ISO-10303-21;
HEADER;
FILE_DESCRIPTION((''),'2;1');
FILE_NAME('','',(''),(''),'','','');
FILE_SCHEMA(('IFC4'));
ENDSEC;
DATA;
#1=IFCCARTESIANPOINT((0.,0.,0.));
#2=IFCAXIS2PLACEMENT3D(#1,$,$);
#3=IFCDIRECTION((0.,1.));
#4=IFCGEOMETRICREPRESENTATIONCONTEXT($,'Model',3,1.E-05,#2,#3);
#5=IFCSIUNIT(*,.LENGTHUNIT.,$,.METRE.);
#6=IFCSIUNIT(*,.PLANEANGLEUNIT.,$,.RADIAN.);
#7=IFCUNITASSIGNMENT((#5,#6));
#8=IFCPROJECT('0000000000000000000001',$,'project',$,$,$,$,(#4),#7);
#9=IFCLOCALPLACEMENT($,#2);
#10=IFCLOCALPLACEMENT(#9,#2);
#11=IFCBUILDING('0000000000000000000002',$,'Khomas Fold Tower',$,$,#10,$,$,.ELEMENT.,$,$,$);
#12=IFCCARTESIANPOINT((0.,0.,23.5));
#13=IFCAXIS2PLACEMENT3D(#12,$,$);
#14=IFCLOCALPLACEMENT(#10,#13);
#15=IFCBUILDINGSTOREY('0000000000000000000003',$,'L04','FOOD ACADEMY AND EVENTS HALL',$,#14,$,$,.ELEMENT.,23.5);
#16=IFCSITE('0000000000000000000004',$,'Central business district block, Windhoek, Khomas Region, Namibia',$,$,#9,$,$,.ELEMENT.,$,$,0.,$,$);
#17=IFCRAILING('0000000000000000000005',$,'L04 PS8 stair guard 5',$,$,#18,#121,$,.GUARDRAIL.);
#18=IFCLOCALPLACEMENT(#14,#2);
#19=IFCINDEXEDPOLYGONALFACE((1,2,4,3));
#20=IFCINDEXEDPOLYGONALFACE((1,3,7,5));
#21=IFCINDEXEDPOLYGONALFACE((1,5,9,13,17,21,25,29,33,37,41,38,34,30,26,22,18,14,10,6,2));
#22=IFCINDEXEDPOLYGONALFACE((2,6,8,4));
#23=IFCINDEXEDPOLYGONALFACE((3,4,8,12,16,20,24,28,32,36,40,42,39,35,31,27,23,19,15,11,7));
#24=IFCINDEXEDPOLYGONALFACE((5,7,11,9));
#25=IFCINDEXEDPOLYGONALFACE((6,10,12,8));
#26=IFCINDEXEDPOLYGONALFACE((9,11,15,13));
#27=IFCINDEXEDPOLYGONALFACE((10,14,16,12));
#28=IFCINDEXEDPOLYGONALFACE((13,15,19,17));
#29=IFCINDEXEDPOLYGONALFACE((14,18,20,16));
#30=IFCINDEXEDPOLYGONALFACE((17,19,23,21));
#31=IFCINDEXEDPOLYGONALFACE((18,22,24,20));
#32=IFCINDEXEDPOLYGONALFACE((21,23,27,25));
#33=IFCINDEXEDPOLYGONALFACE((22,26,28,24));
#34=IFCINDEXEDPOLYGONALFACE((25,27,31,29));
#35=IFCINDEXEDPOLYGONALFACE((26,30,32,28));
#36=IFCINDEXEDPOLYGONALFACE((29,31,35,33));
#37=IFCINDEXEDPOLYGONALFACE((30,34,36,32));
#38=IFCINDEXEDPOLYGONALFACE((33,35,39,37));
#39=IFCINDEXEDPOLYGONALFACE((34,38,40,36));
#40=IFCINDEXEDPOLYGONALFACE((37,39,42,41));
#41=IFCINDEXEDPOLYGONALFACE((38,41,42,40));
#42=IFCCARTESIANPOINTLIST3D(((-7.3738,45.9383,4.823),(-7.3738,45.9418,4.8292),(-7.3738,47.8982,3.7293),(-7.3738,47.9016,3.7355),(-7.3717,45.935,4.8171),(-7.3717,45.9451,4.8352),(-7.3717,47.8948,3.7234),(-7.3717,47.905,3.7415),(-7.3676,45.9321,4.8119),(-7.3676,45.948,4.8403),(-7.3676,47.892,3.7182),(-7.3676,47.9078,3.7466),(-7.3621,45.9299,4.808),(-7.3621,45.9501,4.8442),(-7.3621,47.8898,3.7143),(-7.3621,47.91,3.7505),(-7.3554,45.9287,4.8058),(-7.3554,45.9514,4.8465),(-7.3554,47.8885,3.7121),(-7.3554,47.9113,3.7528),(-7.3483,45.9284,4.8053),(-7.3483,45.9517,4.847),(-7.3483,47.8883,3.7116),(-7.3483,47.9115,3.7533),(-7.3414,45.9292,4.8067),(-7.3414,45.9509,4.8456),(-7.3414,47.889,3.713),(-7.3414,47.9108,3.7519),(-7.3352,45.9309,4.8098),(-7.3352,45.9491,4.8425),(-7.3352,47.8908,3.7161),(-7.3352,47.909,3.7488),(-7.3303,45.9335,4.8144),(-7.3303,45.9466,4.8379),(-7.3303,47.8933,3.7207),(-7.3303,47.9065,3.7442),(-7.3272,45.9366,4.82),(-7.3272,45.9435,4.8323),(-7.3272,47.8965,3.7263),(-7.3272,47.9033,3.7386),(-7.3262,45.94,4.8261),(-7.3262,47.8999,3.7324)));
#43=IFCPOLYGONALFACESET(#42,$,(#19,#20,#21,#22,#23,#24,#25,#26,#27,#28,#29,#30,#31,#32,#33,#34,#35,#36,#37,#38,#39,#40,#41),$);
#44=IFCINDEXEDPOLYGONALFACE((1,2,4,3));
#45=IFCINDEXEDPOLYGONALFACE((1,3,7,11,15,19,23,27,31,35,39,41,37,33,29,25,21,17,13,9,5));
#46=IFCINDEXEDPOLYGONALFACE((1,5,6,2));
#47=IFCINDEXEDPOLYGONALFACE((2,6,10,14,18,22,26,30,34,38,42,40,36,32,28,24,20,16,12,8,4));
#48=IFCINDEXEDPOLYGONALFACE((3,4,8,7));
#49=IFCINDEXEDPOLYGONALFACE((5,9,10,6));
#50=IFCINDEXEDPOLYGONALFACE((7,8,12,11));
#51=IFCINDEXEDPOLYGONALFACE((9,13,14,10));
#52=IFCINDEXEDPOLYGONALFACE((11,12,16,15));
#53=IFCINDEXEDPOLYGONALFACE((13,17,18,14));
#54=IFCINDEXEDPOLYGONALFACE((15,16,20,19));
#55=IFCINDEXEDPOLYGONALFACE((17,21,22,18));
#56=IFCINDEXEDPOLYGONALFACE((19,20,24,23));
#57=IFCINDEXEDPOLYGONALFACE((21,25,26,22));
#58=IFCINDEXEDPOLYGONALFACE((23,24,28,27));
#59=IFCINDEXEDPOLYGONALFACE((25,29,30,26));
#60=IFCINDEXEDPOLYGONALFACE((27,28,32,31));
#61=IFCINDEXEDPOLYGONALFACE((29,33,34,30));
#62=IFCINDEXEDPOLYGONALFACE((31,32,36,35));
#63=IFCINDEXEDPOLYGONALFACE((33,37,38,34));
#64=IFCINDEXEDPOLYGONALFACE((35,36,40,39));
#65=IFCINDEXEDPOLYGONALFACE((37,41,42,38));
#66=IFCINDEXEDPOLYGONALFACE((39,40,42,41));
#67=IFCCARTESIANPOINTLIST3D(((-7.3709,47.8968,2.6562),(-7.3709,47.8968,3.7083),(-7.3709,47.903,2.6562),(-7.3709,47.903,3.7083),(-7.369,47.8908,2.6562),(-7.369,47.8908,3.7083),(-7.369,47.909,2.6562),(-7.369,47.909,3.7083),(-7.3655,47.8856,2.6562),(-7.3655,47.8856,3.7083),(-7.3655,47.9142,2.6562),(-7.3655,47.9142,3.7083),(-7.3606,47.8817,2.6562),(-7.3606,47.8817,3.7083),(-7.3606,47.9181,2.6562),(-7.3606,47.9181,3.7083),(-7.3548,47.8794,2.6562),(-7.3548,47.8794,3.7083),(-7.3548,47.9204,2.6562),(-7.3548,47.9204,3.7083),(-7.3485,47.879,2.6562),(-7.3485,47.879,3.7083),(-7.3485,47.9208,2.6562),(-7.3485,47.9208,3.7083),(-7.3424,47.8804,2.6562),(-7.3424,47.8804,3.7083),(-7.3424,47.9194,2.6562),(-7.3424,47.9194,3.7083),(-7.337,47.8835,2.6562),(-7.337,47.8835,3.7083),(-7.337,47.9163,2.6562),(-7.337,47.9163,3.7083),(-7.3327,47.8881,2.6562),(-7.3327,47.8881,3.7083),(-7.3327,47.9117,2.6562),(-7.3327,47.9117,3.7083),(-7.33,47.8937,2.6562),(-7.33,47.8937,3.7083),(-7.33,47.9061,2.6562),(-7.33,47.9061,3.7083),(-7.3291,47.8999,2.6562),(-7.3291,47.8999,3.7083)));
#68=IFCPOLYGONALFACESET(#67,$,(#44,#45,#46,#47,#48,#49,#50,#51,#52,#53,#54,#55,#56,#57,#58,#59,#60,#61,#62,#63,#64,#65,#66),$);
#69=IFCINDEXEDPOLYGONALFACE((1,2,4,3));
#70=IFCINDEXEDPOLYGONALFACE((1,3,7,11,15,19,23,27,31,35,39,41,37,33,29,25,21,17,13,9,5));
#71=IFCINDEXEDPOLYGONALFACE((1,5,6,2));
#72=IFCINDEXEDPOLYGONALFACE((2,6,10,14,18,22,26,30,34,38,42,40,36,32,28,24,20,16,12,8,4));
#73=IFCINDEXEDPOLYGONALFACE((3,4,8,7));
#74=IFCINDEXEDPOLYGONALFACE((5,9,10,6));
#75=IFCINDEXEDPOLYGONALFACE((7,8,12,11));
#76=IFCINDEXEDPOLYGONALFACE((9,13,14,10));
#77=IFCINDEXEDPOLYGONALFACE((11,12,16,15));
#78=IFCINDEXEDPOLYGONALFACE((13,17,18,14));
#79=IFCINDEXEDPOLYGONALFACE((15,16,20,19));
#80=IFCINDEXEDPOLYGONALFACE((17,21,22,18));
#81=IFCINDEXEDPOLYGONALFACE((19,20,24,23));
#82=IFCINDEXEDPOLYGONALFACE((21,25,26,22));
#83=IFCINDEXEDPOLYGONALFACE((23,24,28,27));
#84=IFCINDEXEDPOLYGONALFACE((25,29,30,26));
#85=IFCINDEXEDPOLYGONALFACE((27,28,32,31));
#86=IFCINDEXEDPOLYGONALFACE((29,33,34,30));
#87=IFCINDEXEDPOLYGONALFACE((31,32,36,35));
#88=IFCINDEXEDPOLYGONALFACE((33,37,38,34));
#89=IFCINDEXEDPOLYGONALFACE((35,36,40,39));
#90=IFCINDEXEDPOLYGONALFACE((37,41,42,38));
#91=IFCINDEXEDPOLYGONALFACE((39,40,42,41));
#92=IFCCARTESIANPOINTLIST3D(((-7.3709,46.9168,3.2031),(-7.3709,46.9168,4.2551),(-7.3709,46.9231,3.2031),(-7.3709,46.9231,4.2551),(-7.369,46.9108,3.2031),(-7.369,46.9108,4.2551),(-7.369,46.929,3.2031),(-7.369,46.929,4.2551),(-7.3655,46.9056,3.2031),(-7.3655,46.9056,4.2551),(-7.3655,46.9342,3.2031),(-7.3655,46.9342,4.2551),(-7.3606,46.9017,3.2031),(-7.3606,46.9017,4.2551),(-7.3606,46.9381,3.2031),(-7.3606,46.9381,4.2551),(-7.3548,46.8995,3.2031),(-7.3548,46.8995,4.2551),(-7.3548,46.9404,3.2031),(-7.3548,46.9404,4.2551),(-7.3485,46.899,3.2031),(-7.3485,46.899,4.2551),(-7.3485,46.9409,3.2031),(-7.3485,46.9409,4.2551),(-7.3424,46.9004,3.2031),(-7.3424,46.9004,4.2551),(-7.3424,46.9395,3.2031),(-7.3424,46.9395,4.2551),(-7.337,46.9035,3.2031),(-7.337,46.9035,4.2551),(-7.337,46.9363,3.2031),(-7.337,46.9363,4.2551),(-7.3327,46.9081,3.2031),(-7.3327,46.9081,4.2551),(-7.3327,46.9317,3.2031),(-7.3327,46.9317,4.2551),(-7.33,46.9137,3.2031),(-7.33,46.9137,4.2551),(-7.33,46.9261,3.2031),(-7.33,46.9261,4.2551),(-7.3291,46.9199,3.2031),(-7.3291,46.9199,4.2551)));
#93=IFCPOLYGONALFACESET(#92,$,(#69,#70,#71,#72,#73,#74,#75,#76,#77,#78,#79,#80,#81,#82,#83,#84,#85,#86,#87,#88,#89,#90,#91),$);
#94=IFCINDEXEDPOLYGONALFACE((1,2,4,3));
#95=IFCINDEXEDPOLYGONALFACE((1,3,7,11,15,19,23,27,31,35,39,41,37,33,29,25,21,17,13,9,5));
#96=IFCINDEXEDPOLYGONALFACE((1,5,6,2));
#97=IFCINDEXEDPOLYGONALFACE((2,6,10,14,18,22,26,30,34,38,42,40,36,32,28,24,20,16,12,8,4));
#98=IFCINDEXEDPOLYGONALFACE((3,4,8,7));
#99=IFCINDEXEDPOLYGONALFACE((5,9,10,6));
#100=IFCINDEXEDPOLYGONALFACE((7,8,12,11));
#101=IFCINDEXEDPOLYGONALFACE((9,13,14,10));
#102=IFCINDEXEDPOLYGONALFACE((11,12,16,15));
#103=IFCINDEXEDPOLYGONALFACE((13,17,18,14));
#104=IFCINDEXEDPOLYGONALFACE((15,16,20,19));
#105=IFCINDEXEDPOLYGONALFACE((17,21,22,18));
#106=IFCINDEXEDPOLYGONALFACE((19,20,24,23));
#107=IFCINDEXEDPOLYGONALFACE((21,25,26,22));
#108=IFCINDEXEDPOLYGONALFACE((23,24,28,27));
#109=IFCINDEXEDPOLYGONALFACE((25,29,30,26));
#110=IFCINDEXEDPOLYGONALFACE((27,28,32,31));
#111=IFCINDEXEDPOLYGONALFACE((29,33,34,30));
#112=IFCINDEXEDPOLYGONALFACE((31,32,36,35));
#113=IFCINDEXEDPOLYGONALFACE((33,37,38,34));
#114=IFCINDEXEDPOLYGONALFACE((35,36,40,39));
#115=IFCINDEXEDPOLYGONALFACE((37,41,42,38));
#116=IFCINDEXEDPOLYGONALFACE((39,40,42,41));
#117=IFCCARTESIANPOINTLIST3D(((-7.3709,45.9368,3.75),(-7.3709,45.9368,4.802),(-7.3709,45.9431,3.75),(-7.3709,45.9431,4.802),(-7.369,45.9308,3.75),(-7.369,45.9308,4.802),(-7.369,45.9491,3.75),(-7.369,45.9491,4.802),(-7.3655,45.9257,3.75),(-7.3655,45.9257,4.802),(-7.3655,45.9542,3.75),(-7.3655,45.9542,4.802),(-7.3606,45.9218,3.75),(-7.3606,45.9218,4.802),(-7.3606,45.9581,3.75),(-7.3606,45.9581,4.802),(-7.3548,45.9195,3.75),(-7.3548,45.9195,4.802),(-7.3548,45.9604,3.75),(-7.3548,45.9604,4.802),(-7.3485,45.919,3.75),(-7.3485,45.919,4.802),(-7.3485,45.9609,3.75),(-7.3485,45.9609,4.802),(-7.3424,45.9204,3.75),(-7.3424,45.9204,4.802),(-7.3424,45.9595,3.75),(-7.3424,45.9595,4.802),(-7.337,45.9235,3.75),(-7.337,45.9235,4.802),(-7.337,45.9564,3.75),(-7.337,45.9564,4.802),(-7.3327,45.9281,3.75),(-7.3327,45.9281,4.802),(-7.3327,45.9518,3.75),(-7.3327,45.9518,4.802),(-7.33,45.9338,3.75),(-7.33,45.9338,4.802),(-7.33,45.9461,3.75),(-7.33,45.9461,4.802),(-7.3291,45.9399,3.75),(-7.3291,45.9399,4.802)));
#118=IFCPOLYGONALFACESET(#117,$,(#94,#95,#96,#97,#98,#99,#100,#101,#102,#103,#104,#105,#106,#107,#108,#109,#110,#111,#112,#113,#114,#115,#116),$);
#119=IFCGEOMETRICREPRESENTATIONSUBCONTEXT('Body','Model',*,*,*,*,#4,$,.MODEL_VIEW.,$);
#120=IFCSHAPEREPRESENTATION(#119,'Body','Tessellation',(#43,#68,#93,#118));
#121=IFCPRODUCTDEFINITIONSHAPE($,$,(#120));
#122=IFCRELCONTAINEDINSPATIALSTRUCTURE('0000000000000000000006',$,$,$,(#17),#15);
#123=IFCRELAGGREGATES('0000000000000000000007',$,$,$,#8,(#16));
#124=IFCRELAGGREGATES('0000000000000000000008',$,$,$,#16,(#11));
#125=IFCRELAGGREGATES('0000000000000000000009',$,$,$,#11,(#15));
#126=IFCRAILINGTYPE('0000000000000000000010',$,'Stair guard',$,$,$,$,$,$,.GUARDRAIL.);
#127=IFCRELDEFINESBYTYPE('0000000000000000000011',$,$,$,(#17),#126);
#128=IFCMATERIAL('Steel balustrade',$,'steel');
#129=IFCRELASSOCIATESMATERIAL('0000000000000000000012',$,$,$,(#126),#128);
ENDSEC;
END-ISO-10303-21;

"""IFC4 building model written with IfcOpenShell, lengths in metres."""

from ifc_helpers import new_model, si_unit, direction, frame, origin, origin_2d, place, context, subcontext, project, spatial, circle, extrude, source, transform, mapped, material, type_object, element, save


model = new_model("IFC4")

# Units and contexts
model_context = context("Model", 3, precision=1e-05, world=origin(), true_north=direction((0.0, 1.0)))
body_context = subcontext(model_context, "Body", "Model", "MODEL_VIEW")
ifc_project = project(units=[si_unit("LENGTHUNIT", "METRE"), si_unit("PLANEANGLEUNIT", "RADIAN")], contexts=[model_context])

# Site, building, storey
site_placement = place(None, origin())
site = spatial("IfcSite", under=ifc_project, at=site_placement, Name="Central business district block, Windhoek, Khomas Region, Namibia", CompositionType="ELEMENT", RefElevation=0.0)
building_placement = place(site_placement, origin())
building = spatial("IfcBuilding", under=site, at=building_placement, Name="Khomas Fold Tower", CompositionType="ELEMENT")
storey_placement = place(building_placement, frame((0.0, 0.0, 23.5)))
storey = spatial("IfcBuildingStorey", under=building, at=storey_placement, Name="L04", Description="FOOD ACADEMY AND EVENTS HALL", CompositionType="ELEMENT", Elevation=23.5)

# Railing
ifc_material_1 = material(Name="Steel balustrade", Category="steel")
railing_type_1 = type_object("IfcRailingType", Name="Stair guard", PredefinedType="GUARDRAIL", material=ifc_material_1)
shared_shape_1 = source(origin(), body_context, "Body", "SweptSolid", [
    extrude(circle(Radius=0.0239, at=origin_2d()), frame((0.0, 0.0, 1.0762), z_axis=(0.0, -0.873232, 0.487304), x_axis=(1.0, 0.0, 0.0)), (0.0, 0.0, 1.0), 2.2444),
    extrude(circle(Radius=0.021, at=origin_2d()), origin(), (0.0, 0.0, 1.0), 1.052),
    extrude(circle(Radius=0.021, at=origin_2d()), frame((0.0, -0.98, 0.5469)), (0.0, 0.0, 1.0), 1.052),
    extrude(circle(Radius=0.021, at=origin_2d()), frame((0.0, -1.96, 1.0938)), (0.0, 0.0, 1.0), 1.052),
])
for number, where, name in (
    (1, (-7.3501, 47.8999, 2.6562), "L04 PS8 stair guard 5"),
):
    element("IfcRailing", number, at=place(storey_placement, frame(where)), inside=storey, type_object=railing_type_1, Name=name, PredefinedType="GUARDRAIL", context=body_context, shape_type="MappedRepresentation", body=[
        mapped(shared_shape_1, transform((0.0, 0.0, 0.0))),
    ])

save(model, "model.ifc")
